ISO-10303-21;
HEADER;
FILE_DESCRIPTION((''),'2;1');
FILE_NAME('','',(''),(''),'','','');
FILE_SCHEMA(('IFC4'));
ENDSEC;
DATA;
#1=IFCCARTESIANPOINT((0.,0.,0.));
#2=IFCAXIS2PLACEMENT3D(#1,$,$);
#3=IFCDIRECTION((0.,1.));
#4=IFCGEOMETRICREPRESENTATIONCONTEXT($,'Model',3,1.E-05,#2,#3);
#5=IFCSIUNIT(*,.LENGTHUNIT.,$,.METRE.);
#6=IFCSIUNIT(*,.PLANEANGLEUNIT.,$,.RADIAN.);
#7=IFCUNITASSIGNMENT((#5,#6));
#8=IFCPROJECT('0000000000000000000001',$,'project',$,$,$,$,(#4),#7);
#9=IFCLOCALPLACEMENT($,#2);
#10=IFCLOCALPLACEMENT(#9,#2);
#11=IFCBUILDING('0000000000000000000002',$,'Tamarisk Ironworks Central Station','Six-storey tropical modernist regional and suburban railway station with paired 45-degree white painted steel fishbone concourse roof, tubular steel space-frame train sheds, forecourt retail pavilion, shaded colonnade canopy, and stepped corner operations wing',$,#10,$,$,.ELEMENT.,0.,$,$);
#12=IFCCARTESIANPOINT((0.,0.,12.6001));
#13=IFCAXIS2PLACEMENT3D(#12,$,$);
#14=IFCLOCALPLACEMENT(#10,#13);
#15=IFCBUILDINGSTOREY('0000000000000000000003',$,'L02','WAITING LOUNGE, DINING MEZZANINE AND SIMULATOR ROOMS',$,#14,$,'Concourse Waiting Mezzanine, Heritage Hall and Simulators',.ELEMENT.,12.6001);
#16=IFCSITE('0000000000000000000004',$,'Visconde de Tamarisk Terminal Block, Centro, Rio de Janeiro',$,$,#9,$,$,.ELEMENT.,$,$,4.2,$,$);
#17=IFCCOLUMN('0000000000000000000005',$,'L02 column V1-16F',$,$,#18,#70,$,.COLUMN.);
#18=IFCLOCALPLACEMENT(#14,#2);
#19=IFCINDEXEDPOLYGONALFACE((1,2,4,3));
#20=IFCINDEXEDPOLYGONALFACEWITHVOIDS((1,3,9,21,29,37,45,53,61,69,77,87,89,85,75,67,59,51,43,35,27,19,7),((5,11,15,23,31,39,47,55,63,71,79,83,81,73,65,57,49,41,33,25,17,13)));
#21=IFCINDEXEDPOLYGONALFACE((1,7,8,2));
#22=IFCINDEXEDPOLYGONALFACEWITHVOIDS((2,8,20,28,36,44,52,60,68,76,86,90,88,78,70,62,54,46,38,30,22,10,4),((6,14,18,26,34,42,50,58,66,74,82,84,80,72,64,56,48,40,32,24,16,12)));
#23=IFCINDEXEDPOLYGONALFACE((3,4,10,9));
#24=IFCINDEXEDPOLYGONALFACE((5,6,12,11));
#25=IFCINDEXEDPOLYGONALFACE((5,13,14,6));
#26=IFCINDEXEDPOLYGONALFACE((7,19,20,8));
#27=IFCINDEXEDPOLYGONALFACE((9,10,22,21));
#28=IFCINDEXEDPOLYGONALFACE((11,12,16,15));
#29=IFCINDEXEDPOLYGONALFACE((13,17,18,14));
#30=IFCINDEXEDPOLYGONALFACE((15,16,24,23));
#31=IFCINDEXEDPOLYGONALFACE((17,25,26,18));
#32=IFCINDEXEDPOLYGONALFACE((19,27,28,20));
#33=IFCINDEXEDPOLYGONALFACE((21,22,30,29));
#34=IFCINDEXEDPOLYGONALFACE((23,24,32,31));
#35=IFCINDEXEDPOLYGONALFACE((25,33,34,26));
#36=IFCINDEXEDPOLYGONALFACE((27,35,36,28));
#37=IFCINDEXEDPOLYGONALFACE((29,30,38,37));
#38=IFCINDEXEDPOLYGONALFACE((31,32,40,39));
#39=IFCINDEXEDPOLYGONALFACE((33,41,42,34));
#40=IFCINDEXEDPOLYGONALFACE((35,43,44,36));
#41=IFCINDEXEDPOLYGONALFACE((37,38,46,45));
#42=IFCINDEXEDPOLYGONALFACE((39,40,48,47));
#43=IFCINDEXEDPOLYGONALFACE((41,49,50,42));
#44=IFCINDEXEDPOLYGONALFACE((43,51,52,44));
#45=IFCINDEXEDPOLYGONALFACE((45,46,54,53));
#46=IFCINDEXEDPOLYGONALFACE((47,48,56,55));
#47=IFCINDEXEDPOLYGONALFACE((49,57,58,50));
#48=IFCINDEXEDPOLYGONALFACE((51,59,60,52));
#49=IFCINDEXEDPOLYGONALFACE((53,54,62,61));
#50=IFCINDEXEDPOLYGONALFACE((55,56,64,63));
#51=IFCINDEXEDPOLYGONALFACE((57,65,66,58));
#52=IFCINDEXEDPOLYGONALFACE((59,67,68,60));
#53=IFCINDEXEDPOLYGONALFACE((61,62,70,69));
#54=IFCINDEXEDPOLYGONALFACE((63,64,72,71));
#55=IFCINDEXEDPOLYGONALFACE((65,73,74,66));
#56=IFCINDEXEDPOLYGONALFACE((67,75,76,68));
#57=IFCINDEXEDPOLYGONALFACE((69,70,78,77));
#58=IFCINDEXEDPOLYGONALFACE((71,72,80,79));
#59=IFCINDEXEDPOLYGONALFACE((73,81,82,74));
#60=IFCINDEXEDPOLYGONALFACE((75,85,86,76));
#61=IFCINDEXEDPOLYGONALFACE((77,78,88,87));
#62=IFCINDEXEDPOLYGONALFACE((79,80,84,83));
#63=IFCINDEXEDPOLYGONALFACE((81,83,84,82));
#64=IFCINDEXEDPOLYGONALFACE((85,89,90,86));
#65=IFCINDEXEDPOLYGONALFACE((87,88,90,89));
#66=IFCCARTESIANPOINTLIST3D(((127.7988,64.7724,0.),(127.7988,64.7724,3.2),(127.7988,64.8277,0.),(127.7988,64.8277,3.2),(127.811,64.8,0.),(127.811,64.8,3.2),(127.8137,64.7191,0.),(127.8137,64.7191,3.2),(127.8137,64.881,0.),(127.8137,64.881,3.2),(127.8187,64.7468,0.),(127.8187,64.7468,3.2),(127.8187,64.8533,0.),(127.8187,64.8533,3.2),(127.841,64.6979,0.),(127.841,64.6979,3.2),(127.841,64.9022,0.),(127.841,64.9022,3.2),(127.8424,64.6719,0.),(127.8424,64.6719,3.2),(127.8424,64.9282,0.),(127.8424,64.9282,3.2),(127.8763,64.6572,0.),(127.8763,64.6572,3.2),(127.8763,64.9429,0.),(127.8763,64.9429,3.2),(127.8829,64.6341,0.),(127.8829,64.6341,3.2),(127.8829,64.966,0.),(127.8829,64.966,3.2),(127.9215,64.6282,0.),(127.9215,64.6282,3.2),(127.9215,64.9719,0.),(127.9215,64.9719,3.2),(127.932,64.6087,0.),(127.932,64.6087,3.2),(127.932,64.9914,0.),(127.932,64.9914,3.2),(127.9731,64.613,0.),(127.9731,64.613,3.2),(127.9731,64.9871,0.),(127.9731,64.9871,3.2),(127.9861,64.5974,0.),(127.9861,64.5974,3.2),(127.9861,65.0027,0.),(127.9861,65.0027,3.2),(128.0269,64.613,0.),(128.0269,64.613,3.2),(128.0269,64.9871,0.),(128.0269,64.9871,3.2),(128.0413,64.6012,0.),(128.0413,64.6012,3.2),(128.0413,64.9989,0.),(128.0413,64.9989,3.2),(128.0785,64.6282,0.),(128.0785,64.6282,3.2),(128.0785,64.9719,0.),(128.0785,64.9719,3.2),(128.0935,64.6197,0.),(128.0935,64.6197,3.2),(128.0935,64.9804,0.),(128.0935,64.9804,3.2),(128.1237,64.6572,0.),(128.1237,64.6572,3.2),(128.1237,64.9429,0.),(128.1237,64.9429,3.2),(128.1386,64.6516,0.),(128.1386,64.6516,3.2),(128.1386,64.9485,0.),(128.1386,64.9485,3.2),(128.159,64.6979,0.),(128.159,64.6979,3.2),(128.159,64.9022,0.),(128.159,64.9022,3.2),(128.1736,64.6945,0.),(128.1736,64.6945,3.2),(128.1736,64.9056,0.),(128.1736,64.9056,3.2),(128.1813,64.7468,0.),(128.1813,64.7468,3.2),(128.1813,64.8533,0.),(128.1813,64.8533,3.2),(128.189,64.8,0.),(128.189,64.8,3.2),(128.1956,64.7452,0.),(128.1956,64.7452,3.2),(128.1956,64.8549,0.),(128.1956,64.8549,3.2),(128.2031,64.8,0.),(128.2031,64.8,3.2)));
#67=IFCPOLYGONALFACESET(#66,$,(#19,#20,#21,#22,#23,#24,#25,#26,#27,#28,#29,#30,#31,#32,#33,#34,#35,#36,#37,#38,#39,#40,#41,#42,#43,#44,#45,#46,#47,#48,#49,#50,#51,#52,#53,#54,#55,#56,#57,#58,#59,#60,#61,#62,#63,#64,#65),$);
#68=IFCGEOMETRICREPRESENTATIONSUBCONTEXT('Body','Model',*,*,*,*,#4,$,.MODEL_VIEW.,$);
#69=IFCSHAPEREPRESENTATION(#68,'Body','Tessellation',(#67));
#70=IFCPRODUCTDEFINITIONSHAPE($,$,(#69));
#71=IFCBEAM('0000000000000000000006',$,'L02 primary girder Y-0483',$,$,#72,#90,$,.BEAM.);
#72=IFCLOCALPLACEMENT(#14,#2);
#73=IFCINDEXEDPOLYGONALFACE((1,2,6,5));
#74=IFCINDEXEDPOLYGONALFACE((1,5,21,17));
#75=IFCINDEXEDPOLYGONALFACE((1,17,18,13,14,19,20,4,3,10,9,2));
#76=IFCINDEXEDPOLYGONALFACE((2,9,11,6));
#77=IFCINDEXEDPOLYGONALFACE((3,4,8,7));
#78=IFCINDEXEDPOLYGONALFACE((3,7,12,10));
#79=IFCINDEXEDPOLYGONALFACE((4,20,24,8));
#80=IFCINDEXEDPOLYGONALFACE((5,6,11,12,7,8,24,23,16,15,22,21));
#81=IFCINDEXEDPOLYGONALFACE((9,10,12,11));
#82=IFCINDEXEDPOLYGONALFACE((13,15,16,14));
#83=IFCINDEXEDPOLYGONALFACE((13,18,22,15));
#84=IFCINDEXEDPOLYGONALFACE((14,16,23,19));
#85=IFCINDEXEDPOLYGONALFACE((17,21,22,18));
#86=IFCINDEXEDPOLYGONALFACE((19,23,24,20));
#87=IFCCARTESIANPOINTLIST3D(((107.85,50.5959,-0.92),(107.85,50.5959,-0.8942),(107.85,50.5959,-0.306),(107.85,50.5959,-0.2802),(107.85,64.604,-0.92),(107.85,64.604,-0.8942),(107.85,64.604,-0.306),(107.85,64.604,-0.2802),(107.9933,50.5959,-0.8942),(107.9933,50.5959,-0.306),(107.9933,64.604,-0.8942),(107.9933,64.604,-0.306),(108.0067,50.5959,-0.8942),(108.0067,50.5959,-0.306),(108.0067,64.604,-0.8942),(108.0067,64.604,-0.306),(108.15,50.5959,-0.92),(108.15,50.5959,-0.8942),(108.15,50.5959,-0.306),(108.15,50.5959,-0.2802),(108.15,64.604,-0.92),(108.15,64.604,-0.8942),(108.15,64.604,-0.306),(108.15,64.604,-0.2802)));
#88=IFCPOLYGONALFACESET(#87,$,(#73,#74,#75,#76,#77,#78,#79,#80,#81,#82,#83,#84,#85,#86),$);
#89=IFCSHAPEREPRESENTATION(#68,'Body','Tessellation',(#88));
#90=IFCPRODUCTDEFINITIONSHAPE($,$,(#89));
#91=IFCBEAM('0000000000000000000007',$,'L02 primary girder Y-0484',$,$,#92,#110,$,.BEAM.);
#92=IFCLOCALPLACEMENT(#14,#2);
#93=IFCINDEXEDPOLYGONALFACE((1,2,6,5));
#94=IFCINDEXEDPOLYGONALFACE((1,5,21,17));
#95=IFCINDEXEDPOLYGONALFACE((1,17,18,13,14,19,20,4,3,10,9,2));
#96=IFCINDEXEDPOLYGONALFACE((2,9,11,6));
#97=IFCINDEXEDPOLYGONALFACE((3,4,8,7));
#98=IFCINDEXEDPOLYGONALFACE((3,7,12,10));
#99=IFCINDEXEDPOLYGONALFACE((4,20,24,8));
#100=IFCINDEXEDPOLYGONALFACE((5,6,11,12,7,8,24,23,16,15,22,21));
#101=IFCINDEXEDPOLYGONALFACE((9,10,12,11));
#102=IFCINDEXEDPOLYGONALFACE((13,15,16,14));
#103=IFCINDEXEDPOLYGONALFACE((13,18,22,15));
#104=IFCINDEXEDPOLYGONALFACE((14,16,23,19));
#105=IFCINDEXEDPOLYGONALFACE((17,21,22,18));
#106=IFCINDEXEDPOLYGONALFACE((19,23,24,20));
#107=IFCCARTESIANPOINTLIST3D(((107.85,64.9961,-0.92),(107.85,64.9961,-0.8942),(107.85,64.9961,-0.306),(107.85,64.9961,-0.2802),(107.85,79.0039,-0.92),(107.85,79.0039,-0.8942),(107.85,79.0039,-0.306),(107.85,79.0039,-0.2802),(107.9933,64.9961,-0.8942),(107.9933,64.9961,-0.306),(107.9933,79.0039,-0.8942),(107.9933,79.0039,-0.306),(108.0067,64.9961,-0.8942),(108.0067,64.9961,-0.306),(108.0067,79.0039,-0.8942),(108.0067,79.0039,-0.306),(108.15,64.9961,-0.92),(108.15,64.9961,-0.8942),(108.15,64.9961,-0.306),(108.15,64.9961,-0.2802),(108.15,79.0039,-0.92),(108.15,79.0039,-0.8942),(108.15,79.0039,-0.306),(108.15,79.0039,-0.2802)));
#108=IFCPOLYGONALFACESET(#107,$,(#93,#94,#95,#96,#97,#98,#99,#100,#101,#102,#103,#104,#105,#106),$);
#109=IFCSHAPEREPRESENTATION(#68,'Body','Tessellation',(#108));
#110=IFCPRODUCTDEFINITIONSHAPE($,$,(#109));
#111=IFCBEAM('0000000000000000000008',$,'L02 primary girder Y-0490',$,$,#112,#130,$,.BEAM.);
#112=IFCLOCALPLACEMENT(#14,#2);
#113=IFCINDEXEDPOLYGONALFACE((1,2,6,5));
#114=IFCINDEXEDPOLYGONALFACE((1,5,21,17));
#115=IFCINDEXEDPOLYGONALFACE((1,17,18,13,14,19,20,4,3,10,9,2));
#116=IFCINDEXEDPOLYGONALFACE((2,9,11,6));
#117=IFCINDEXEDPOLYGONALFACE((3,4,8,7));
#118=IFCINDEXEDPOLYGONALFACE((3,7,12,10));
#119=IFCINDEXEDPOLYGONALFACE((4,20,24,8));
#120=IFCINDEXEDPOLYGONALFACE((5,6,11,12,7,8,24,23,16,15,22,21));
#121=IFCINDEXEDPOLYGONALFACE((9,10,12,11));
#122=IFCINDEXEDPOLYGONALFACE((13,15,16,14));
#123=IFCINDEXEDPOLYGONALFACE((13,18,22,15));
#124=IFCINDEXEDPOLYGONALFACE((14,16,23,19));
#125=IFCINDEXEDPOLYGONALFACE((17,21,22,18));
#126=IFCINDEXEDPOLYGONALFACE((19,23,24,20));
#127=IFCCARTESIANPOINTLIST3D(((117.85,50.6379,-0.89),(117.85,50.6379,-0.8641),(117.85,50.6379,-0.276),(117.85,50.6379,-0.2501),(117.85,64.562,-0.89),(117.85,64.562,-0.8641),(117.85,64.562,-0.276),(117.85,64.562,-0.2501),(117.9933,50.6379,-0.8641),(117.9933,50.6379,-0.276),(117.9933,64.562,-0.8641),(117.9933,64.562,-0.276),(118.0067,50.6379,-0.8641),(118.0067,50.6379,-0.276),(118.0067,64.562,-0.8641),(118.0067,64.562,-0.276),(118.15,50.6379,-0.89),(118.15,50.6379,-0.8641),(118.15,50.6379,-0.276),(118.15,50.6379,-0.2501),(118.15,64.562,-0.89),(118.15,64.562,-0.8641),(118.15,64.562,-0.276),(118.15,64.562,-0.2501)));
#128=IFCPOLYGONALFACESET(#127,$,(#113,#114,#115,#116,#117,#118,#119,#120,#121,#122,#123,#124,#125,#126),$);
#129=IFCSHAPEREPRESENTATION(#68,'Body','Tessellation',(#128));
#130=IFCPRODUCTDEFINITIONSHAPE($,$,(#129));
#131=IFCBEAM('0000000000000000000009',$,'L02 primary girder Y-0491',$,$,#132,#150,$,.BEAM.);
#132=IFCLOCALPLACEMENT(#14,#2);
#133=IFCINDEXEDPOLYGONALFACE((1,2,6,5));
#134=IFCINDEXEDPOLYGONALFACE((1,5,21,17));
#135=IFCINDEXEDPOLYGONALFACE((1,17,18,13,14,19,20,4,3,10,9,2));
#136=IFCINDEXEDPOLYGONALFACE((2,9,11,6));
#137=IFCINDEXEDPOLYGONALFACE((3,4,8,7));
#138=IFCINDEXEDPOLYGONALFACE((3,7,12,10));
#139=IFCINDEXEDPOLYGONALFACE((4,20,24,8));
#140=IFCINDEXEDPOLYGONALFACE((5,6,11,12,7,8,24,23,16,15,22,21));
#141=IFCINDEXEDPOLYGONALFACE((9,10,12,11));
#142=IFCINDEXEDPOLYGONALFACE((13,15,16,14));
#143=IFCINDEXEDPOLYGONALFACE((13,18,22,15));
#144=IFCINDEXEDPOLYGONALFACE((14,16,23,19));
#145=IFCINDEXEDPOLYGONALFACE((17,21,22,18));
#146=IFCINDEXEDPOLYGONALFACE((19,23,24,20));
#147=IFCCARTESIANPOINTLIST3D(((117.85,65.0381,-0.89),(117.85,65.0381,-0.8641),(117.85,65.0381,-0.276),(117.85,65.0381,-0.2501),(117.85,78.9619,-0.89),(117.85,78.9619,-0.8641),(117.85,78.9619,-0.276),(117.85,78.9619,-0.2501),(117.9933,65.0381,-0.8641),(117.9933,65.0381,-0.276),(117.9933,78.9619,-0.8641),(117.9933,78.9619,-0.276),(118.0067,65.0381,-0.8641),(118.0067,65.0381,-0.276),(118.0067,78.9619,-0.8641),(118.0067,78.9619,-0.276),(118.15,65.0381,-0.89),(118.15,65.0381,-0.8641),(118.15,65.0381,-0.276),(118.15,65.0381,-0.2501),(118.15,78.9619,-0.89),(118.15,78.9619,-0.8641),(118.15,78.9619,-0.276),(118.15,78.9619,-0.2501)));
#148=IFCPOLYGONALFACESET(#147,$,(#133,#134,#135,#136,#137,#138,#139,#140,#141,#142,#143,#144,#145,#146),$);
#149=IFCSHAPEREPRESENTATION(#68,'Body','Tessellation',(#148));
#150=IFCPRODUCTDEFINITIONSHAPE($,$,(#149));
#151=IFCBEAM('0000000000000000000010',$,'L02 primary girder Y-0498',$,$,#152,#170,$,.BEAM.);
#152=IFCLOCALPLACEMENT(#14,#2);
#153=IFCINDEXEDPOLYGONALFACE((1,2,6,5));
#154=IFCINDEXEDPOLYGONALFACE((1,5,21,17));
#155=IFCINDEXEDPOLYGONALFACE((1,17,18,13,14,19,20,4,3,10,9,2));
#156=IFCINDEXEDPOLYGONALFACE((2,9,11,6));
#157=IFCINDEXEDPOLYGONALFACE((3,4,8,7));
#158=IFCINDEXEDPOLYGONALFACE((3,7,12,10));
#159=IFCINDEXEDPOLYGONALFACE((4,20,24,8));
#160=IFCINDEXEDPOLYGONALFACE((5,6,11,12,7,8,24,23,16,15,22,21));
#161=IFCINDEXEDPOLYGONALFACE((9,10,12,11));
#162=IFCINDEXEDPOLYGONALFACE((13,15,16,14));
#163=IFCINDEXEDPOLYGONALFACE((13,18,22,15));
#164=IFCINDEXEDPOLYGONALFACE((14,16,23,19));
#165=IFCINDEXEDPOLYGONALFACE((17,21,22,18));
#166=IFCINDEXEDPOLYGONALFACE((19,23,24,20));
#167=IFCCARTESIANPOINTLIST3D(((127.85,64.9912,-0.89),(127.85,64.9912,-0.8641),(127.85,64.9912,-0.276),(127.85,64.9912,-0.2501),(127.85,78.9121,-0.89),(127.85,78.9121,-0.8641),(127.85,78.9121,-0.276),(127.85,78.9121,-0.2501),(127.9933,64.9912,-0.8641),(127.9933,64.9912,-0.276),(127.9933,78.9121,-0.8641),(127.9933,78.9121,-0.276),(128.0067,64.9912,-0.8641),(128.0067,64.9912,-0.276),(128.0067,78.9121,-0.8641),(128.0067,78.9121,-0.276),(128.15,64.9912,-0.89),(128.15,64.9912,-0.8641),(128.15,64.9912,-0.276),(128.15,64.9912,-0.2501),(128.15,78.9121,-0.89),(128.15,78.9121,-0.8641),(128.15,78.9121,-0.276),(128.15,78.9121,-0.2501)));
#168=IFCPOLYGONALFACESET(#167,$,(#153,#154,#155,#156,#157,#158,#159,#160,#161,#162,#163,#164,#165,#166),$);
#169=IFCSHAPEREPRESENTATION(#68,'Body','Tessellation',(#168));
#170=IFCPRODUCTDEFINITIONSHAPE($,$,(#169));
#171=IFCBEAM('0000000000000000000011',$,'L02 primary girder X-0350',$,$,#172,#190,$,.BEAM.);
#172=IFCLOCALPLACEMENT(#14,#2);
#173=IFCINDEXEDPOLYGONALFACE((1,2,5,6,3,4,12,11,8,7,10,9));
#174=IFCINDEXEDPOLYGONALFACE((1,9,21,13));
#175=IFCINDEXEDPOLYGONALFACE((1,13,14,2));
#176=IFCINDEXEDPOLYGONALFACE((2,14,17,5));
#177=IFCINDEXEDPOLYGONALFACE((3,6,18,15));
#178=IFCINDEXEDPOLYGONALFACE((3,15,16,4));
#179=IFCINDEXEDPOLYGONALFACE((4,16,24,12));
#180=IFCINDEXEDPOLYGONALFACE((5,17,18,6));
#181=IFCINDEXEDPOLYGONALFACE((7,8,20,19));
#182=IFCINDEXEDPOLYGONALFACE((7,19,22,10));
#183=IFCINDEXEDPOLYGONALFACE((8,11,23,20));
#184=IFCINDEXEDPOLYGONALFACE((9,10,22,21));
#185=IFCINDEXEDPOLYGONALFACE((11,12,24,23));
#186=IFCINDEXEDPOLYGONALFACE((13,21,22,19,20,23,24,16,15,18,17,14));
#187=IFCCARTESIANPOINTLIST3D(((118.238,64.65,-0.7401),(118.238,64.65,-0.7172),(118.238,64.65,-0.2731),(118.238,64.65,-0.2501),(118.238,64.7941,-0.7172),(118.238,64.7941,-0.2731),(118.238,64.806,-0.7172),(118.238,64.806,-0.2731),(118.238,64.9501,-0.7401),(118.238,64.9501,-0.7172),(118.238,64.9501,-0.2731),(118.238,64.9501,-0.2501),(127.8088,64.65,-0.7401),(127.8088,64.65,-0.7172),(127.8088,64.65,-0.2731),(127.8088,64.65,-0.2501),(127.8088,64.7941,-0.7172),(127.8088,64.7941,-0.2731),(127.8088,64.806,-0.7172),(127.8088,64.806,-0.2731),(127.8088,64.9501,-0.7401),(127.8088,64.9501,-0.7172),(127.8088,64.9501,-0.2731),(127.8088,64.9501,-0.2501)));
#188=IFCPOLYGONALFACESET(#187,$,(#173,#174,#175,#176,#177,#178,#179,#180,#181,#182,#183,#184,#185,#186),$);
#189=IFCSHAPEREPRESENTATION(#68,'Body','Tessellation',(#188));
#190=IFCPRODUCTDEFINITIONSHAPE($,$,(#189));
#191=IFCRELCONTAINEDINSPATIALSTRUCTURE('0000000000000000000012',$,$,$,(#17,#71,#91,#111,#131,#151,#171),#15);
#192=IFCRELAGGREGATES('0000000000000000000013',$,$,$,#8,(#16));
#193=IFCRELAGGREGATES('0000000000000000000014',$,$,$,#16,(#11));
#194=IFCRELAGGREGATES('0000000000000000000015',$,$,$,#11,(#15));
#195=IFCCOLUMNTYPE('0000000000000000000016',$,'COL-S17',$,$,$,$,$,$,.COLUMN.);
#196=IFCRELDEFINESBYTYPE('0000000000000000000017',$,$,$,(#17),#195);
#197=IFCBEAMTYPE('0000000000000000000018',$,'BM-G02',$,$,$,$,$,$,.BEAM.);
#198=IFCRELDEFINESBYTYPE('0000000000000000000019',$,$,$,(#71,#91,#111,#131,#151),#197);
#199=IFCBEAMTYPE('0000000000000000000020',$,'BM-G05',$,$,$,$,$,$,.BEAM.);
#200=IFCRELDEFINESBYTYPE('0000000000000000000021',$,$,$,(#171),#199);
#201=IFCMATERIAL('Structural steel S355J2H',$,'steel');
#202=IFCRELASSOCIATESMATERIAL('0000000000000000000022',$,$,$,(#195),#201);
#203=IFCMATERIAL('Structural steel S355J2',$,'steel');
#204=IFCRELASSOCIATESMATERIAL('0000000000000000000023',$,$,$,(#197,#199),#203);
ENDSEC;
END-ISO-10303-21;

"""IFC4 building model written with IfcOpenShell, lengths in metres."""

from ifc_helpers import new_model, si_unit, direction, frame, origin, origin_2d, place, context, subcontext, project, spatial, hollow_circle, i_section, extrude, material, material_profile, profile_set, type_object, element, save


model = new_model("IFC4")

# Units and contexts
model_context = context("Model", 3, precision=1e-05, world=origin(), true_north=direction((0.0, 1.0)))
body_context = subcontext(model_context, "Body", "Model", "MODEL_VIEW")
ifc_project = project(units=[si_unit("LENGTHUNIT", "METRE"), si_unit("PLANEANGLEUNIT", "RADIAN")], contexts=[model_context])

# Site, building, storey
site_placement = place(None, origin())
site = spatial("IfcSite", under=ifc_project, at=site_placement, Name="Visconde de Tamarisk Terminal Block, Centro, Rio de Janeiro", CompositionType="ELEMENT", RefElevation=4.2)
building_placement = place(site_placement, origin())
building = spatial("IfcBuilding", under=site, at=building_placement, Name="Tamarisk Ironworks Central Station", Description="Six-storey tropical modernist regional and suburban railway station with paired 45-degree white painted steel fishbone concourse roof, tubular steel space-frame train sheds, forecourt retail pavilion, shaded colonnade canopy, and stepped corner operations wing", CompositionType="ELEMENT", ElevationOfRefHeight=0.0)
storey_placement = place(building_placement, frame((0.0, 0.0, 12.6001)))
storey = spatial("IfcBuildingStorey", under=building, at=storey_placement, Name="L02", Description="WAITING LOUNGE, DINING MEZZANINE AND SIMULATOR ROOMS", LongName="Concourse Waiting Mezzanine, Heritage Hall and Simulators", CompositionType="ELEMENT", Elevation=12.6001)

# Column
ifc_material_1 = material(Name="Structural steel S355J2", Category="steel")
ifc_material_2 = material(Name="Structural steel S355J2H", Category="steel")
ifc_material_profile_1 = material_profile(ifc_material_2, hollow_circle(Radius=0.2031, WallThickness=0.0142, at=origin_2d()), Name="CHS 406.4x14.2")
ifc_profile_set_1 = profile_set([ifc_material_profile_1], Name="Structural steel S355J2H")
column_type_1 = type_object("IfcColumnType", Name="COL-S17", PredefinedType="COLUMN", material=ifc_profile_set_1)
column_1_placement = place(storey_placement, frame((128.0, 64.8, 0.0), z_axis=(0.0, 0.0, 1.0), x_axis=(1.0, 0.0, 0.0)))
element("IfcColumn", 1, at=column_1_placement, inside=storey, type_object=column_type_1, Name="L02 column V1-16F", PredefinedType="COLUMN", context=body_context, shape_type="SweptSolid", body=[
    extrude(hollow_circle(Radius=0.2031, WallThickness=0.0142, at=origin_2d()), origin(), (0.0, 0.0, 1.0), 3.2),
])

# Beams
ifc_material_profile_2 = material_profile(ifc_material_1, i_section(OverallWidth=0.3, OverallDepth=0.6399, WebThickness=0.0134, FlangeThickness=0.0259, at=origin_2d()), Name="HEA 650")
ifc_profile_set_2 = profile_set([ifc_material_profile_2], Name="Structural steel S355J2")
beam_type_1 = type_object("IfcBeamType", Name="BM-G02", PredefinedType="BEAM", material=ifc_profile_set_2)
beam_1_placement = place(storey_placement, frame((108.0, 50.5959, -0.6001), z_axis=(0.0, 1.0, 0.0), x_axis=(-1.0, 0.0, 0.0)))
element("IfcBeam", 2, at=beam_1_placement, inside=storey, type_object=beam_type_1, Name="L02 primary girder Y-0483", PredefinedType="BEAM", context=body_context, shape_type="SweptSolid", body=[
    extrude(i_section(OverallWidth=0.3, OverallDepth=0.6399, WebThickness=0.0134, FlangeThickness=0.0259, at=origin_2d()), origin(), (0.0, 0.0, 1.0), 14.0081),
])
beam_2_placement = place(storey_placement, frame((108.0, 64.9961, -0.6001), z_axis=(0.0, 1.0, 0.0), x_axis=(-1.0, 0.0, 0.0)))
element("IfcBeam", 3, at=beam_2_placement, inside=storey, type_object=beam_type_1, Name="L02 primary girder Y-0484", PredefinedType="BEAM", context=body_context, shape_type="SweptSolid", body=[
    extrude(i_section(OverallWidth=0.3, OverallDepth=0.6399, WebThickness=0.0134, FlangeThickness=0.0259, at=origin_2d()), origin(), (0.0, 0.0, 1.0), 14.0078),
])
beam_3_placement = place(storey_placement, frame((118.0, 50.6379, -0.5701), z_axis=(0.0, 1.0, 0.0), x_axis=(-1.0, 0.0, 0.0)))
element("IfcBeam", 4, at=beam_3_placement, inside=storey, type_object=beam_type_1, Name="L02 primary girder Y-0490", PredefinedType="BEAM", context=body_context, shape_type="SweptSolid", body=[
    extrude(i_section(OverallWidth=0.3, OverallDepth=0.6399, WebThickness=0.0134, FlangeThickness=0.0259, at=origin_2d()), origin(), (0.0, 0.0, 1.0), 13.9241),
])
beam_4_placement = place(storey_placement, frame((118.0, 65.0381, -0.5701), z_axis=(0.0, 1.0, 0.0), x_axis=(-1.0, 0.0, 0.0)))
element("IfcBeam", 5, at=beam_4_placement, inside=storey, type_object=beam_type_1, Name="L02 primary girder Y-0491", PredefinedType="BEAM", context=body_context, shape_type="SweptSolid", body=[
    extrude(i_section(OverallWidth=0.3, OverallDepth=0.6399, WebThickness=0.0134, FlangeThickness=0.0259, at=origin_2d()), origin(), (0.0, 0.0, 1.0), 13.9238),
])
beam_5_placement = place(storey_placement, frame((128.0, 64.9912, -0.5701), z_axis=(0.0, 1.0, 0.0), x_axis=(-1.0, 0.0, 0.0)))
element("IfcBeam", 6, at=beam_5_placement, inside=storey, type_object=beam_type_1, Name="L02 primary girder Y-0498", PredefinedType="BEAM", context=body_context, shape_type="SweptSolid", body=[
    extrude(i_section(OverallWidth=0.3, OverallDepth=0.6399, WebThickness=0.0134, FlangeThickness=0.0259, at=origin_2d()), origin(), (0.0, 0.0, 1.0), 13.9209),
])
ifc_material_profile_3 = material_profile(ifc_material_1, i_section(OverallWidth=0.3, OverallDepth=0.49, WebThickness=0.012, FlangeThickness=0.0229, at=origin_2d()), Name="HEA 500")
ifc_profile_set_3 = profile_set([ifc_material_profile_3], Name="Structural steel S355J2")
beam_type_2 = type_object("IfcBeamType", Name="BM-G05", PredefinedType="BEAM", material=ifc_profile_set_3)
beam_6_placement = place(storey_placement, frame((118.238, 64.8, -0.4951), z_axis=(1.0, 0.0, 0.0), x_axis=(0.0, 1.0, 0.0)))
element("IfcBeam", 7, at=beam_6_placement, inside=storey, type_object=beam_type_2, Name="L02 primary girder X-0350", PredefinedType="BEAM", context=body_context, shape_type="SweptSolid", body=[
    extrude(i_section(OverallWidth=0.3, OverallDepth=0.49, WebThickness=0.012, FlangeThickness=0.0229, at=origin_2d()), origin(), (0.0, 0.0, 1.0), 9.5708),
])

save(model, "model.ifc")
